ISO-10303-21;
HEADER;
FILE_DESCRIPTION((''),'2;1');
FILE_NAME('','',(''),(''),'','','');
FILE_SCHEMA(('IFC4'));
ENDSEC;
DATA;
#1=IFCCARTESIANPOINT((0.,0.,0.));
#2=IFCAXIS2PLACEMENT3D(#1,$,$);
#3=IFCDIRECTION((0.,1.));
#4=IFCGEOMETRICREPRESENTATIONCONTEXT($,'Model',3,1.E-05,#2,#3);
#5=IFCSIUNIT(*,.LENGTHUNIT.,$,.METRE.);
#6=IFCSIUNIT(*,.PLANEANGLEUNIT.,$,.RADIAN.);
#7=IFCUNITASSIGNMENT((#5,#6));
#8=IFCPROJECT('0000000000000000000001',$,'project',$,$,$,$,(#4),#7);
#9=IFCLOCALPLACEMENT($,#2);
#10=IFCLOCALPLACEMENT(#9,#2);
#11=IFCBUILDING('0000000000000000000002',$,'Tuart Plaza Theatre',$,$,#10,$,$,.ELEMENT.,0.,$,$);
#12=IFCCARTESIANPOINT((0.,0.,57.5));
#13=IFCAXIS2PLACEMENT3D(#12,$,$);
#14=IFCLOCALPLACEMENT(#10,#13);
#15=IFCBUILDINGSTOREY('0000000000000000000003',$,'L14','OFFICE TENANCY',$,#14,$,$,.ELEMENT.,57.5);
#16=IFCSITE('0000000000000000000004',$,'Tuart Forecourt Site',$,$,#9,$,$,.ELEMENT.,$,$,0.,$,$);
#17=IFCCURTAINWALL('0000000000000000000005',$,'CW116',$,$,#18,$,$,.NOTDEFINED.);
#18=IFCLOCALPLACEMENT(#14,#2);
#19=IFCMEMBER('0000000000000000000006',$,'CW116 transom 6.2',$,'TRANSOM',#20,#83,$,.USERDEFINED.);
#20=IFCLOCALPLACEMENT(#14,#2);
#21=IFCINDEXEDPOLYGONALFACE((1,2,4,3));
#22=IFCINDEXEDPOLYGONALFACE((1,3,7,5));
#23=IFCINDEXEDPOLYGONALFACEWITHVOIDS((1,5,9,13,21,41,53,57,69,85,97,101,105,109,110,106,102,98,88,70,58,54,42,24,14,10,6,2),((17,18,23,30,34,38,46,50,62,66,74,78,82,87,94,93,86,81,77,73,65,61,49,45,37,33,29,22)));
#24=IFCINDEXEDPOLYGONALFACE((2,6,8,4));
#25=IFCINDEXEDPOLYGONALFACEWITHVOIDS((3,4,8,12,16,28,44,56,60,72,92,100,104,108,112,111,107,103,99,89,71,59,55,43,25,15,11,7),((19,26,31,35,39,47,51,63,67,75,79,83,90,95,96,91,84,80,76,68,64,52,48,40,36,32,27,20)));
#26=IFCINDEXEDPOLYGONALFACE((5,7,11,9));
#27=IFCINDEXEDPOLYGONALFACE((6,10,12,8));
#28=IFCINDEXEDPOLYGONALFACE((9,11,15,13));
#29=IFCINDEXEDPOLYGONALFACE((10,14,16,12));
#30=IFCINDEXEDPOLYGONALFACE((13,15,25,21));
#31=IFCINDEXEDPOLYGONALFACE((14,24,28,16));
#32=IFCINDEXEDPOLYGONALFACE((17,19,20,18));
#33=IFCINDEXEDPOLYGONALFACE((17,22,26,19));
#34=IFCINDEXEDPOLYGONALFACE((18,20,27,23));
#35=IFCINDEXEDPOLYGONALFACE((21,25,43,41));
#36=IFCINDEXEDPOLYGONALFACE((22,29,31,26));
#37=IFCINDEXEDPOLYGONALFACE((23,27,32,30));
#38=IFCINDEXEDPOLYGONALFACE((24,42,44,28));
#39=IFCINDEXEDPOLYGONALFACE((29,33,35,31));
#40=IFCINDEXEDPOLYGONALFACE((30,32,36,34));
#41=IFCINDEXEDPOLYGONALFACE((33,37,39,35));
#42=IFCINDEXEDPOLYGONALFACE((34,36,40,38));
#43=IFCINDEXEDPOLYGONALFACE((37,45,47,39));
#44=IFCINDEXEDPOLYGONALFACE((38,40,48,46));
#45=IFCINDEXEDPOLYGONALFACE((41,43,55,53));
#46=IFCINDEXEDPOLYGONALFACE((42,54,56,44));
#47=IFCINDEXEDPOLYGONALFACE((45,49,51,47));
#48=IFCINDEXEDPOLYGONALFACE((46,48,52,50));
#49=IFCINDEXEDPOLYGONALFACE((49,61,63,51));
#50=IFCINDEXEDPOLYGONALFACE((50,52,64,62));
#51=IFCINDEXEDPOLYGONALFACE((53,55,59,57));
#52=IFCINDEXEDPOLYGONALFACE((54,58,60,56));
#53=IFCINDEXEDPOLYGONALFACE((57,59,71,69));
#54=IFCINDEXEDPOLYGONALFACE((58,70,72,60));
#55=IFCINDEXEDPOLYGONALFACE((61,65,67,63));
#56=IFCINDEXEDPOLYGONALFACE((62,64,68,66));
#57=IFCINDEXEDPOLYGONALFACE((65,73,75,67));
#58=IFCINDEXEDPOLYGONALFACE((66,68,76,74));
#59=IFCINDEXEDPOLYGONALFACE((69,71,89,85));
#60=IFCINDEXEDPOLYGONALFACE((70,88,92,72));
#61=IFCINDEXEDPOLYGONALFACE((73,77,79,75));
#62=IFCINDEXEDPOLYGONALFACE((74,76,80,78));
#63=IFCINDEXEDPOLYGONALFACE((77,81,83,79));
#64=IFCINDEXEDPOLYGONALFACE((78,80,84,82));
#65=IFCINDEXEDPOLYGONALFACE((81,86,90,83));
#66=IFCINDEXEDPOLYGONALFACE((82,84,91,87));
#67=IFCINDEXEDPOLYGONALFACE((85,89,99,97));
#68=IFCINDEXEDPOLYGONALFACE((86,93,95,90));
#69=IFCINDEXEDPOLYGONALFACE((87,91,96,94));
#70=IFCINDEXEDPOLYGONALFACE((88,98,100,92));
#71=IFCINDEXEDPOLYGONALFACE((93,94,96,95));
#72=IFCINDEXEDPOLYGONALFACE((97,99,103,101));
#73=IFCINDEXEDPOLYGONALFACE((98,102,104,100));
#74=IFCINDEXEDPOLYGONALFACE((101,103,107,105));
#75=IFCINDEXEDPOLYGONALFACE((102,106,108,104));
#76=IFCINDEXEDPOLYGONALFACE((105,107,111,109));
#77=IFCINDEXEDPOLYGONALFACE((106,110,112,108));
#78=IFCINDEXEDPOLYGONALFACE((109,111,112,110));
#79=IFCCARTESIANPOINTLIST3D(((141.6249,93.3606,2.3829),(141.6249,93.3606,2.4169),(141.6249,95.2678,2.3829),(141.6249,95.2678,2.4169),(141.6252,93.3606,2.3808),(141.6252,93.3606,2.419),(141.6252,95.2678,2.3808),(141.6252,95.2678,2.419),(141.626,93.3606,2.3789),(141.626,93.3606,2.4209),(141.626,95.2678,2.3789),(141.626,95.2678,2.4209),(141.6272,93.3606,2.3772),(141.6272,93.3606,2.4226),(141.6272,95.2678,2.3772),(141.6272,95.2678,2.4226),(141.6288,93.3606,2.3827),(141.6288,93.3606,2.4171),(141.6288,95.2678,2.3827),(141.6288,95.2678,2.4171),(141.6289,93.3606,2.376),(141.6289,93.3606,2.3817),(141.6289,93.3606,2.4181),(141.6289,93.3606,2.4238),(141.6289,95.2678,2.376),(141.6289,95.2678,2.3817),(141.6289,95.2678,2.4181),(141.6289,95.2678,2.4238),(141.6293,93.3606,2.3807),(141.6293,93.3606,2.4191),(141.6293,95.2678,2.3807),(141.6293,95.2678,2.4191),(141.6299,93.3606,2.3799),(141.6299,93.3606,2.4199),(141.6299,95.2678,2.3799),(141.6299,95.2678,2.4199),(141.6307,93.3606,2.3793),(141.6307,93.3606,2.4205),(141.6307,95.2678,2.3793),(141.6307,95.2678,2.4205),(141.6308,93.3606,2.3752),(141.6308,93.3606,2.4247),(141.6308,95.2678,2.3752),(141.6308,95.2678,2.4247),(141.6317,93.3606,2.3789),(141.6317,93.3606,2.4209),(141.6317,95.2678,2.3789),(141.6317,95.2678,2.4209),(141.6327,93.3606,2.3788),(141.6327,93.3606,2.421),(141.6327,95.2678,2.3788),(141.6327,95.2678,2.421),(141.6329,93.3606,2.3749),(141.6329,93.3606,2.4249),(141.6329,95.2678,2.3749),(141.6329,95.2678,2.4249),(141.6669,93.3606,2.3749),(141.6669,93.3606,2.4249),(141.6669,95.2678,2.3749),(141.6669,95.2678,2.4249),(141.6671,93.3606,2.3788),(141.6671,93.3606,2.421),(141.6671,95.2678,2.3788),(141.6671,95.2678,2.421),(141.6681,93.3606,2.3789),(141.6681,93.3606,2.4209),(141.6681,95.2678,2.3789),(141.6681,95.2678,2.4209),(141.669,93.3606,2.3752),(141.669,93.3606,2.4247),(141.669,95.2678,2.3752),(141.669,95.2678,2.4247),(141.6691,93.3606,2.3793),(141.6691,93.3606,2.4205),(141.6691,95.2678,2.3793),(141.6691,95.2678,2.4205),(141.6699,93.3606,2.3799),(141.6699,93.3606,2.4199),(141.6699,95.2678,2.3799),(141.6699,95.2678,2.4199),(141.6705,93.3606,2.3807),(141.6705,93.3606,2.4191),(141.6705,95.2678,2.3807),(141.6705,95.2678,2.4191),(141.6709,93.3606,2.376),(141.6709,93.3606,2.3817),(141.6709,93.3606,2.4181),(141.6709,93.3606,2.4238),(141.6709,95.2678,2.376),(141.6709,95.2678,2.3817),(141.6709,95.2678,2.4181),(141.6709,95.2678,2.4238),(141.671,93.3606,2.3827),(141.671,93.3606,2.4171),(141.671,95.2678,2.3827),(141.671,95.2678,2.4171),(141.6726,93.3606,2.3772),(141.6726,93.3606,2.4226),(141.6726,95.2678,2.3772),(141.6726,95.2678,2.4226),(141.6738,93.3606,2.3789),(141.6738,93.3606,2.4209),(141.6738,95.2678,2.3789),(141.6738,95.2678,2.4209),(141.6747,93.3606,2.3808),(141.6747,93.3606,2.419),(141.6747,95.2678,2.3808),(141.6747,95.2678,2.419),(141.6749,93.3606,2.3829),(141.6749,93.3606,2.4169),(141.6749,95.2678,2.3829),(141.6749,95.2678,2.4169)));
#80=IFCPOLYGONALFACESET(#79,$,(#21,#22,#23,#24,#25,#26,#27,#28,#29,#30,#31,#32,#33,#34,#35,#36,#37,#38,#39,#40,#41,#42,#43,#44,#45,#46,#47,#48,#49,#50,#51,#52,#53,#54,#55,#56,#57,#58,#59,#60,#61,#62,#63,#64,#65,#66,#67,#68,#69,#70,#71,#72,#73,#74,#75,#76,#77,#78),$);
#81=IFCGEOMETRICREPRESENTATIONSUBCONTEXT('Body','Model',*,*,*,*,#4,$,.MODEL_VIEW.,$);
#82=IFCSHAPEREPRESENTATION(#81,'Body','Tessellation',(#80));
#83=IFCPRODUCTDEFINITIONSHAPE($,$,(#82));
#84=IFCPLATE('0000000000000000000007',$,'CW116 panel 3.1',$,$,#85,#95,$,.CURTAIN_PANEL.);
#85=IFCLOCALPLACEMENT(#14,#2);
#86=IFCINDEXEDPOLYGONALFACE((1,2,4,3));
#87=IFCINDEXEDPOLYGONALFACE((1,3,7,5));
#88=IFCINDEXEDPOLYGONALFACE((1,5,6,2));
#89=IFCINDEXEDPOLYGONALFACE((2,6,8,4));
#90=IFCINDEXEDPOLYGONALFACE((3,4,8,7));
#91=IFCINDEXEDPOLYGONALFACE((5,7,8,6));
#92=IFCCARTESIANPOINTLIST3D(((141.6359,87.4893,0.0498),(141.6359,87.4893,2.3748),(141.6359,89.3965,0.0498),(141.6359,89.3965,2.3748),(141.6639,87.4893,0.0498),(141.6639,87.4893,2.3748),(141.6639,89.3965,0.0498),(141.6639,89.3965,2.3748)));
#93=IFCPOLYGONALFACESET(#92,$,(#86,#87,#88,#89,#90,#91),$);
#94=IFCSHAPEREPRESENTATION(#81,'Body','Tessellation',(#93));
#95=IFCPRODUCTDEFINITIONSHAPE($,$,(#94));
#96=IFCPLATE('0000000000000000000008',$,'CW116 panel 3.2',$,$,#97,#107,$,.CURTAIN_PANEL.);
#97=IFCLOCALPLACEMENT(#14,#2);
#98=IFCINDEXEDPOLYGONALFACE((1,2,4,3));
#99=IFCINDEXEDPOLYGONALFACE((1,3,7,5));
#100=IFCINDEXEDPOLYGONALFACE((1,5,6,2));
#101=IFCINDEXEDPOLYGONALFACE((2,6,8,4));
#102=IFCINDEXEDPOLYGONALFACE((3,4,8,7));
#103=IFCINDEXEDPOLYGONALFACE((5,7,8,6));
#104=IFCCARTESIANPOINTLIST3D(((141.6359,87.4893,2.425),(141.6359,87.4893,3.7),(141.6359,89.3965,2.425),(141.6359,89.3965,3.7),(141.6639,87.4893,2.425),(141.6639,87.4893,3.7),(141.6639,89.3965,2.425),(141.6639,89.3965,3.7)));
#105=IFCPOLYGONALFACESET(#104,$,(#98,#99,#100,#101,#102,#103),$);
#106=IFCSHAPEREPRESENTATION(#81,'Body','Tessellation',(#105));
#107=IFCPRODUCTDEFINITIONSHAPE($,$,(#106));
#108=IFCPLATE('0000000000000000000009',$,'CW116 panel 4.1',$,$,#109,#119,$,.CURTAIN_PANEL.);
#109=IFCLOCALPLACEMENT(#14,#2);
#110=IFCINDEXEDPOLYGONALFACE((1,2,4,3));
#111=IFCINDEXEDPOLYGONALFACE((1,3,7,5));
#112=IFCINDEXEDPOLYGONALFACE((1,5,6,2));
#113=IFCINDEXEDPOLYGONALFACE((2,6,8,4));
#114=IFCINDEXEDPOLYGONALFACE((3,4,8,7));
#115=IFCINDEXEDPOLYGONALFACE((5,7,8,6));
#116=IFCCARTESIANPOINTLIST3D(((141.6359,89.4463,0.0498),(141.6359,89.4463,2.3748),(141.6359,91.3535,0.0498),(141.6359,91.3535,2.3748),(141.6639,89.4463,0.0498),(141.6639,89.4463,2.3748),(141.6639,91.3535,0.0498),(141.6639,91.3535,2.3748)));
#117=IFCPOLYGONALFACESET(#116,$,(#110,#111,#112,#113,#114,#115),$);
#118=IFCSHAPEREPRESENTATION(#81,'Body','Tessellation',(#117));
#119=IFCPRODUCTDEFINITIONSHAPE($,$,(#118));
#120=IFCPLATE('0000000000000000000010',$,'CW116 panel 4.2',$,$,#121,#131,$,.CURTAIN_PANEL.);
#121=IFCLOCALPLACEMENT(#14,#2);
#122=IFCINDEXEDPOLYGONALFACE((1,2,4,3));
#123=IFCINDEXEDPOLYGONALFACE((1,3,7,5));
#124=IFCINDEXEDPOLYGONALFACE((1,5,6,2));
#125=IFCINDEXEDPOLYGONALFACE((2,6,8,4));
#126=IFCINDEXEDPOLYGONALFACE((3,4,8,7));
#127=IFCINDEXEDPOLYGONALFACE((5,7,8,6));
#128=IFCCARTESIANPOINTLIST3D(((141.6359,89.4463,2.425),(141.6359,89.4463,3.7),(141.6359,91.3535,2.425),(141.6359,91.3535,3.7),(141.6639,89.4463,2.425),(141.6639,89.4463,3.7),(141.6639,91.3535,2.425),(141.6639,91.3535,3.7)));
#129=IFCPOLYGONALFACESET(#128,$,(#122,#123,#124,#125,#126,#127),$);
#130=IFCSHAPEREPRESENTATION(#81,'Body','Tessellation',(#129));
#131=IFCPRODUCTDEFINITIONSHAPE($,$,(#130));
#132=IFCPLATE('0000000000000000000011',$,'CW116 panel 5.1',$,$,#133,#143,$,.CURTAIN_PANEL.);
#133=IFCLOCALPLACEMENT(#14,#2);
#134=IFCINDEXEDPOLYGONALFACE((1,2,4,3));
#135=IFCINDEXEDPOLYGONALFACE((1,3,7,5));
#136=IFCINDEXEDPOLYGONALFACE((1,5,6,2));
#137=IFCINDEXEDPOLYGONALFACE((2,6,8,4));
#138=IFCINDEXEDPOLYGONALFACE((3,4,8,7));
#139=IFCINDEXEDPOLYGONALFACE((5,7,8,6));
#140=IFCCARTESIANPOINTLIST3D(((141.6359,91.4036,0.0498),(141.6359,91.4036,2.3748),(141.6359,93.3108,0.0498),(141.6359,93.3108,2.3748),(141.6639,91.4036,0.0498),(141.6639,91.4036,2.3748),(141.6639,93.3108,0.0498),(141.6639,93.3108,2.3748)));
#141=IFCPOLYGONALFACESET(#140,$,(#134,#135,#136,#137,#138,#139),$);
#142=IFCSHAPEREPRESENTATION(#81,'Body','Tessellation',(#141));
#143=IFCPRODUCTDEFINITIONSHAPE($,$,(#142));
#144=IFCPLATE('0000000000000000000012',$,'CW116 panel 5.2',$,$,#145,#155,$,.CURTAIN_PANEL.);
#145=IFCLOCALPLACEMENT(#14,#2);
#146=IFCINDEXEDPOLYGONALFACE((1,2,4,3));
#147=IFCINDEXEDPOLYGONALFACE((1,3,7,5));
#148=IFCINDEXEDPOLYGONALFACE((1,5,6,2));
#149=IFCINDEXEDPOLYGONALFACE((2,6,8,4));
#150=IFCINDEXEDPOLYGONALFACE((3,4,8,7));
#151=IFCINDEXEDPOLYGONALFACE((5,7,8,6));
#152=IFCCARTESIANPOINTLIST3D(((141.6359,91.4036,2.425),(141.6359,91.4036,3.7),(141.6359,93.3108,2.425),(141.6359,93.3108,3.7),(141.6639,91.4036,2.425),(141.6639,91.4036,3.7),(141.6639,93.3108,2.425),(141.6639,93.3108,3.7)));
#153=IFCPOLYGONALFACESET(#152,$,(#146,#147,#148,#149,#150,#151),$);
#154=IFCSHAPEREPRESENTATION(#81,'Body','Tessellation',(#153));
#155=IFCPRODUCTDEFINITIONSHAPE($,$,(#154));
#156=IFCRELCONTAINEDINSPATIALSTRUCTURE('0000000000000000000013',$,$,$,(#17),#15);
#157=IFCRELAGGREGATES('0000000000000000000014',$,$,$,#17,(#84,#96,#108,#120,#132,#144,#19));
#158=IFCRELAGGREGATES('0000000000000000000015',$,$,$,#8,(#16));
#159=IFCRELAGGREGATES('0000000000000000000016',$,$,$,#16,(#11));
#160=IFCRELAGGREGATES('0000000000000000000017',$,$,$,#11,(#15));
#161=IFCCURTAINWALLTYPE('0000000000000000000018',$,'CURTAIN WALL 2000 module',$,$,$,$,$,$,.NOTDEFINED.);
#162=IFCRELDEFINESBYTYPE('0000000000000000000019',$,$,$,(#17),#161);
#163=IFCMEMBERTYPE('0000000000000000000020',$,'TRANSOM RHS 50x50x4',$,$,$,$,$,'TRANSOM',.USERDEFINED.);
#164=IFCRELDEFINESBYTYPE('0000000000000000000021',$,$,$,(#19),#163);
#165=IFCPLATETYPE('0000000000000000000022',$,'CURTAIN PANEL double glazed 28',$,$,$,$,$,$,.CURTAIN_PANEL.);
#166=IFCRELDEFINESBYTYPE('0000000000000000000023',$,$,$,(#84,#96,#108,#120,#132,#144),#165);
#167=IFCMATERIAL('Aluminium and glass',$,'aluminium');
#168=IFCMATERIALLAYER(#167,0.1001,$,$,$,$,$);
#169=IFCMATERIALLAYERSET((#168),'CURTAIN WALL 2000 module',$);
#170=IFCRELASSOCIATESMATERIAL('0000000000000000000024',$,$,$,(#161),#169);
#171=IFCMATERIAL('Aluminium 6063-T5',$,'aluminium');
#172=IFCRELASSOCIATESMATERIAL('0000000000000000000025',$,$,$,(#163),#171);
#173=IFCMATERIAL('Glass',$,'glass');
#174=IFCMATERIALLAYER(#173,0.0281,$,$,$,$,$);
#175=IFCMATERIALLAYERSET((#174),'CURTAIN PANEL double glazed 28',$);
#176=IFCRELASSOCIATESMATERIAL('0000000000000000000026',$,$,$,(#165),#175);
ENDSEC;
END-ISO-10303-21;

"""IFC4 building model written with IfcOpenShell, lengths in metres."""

from ifc_helpers import new_model, si_unit, direction, frame, origin, origin_2d, place, context, subcontext, project, spatial, rectangle, hollow_rectangle, extrude, material, layer, layer_set, material_profile, profile_set, type_object, element, aggregate, save


model = new_model("IFC4")

# Units and contexts
model_context = context("Model", 3, precision=1e-05, world=origin(), true_north=direction((0.0, 1.0)))
body_context = subcontext(model_context, "Body", "Model", "MODEL_VIEW")
ifc_project = project(units=[si_unit("LENGTHUNIT", "METRE"), si_unit("PLANEANGLEUNIT", "RADIAN")], contexts=[model_context])

# Site, building, storey
site_placement = place(None, origin())
site = spatial("IfcSite", under=ifc_project, at=site_placement, Name="Tuart Forecourt Site", CompositionType="ELEMENT", RefElevation=0.0)
building_placement = place(site_placement, origin())
building = spatial("IfcBuilding", under=site, at=building_placement, Name="Tuart Plaza Theatre", CompositionType="ELEMENT", ElevationOfRefHeight=0.0)
storey_placement = place(building_placement, frame((0.0, 0.0, 57.5)))
storey = spatial("IfcBuildingStorey", under=building, at=storey_placement, Name="L14", Description="OFFICE TENANCY", CompositionType="ELEMENT", Elevation=57.5)

# Curtain wall, member, plates
ifc_material_1 = material(Name="Aluminium and glass", Category="aluminium")
ifc_layer_1 = layer(ifc_material_1, 0.1001)
ifc_layer_set_1 = layer_set([ifc_layer_1], Name="CURTAIN WALL 2000 module")
curtain_wall_type = type_object("IfcCurtainWallType", Name="CURTAIN WALL 2000 module", PredefinedType="NOTDEFINED", material=ifc_layer_set_1)
curtain_wall_placement = place(storey_placement, origin())
curtain_wall = element("IfcCurtainWall", 1, at=curtain_wall_placement, inside=storey, type_object=curtain_wall_type, Name="CW116", PredefinedType="NOTDEFINED")
ifc_material_2 = material(Name="Aluminium 6063-T5", Category="aluminium")
ifc_material_profile_1 = material_profile(ifc_material_2, hollow_rectangle(XDim=0.05, YDim=0.05, WallThickness=0.0039, InnerFilletRadius=0.0039, OuterFilletRadius=0.0081, at=origin_2d()), Name="RHS 50x50x4")
ifc_profile_set_1 = profile_set([ifc_material_profile_1], Name="Aluminium 6063-T5")
member_type_1 = type_object("IfcMemberType", Name="TRANSOM RHS 50x50x4", ElementType="TRANSOM", PredefinedType="USERDEFINED", material=ifc_profile_set_1)
member_1_placement = place(storey_placement, frame((141.6499, 93.3606, 2.3999), z_axis=(0.0, 1.0, 0.0), x_axis=(-1.0, 0.0, 0.0)))
member_1 = element("IfcMember", 2, at=member_1_placement, type_object=member_type_1, Name="CW116 transom 6.2", ObjectType="TRANSOM", PredefinedType="USERDEFINED", context=body_context, shape_type="SweptSolid", body=[
    extrude(hollow_rectangle(XDim=0.05, YDim=0.05, WallThickness=0.0039, InnerFilletRadius=0.0039, OuterFilletRadius=0.0081, at=origin_2d()), origin(), (0.0, 0.0, 1.0), 1.9072),
])
ifc_material_3 = material(Name="Glass", Category="glass")
ifc_layer_2 = layer(ifc_material_3, 0.0281)
ifc_layer_set_2 = layer_set([ifc_layer_2], Name="CURTAIN PANEL double glazed 28")
plate_type = type_object("IfcPlateType", Name="CURTAIN PANEL double glazed 28", PredefinedType="CURTAIN_PANEL", material=ifc_layer_set_2)
plate_1_placement = place(storey_placement, frame((141.6499, 88.4429, 0.0498), z_axis=(0.0, 0.0, 1.0), x_axis=(0.0, 1.0, 0.0)))
plate_1 = element("IfcPlate", 3, at=plate_1_placement, type_object=plate_type, Name="CW116 panel 3.1", PredefinedType="CURTAIN_PANEL", context=body_context, shape_type="SweptSolid", body=[
    extrude(rectangle(XDim=1.9072, YDim=0.0281, at=origin_2d()), origin(), (0.0, 0.0, 1.0), 2.325),
])
plate_2_placement = place(storey_placement, frame((141.6499, 88.4429, 2.425), z_axis=(0.0, 0.0, 1.0), x_axis=(0.0, 1.0, 0.0)))
plate_2 = element("IfcPlate", 4, at=plate_2_placement, type_object=plate_type, Name="CW116 panel 3.2", PredefinedType="CURTAIN_PANEL", context=body_context, shape_type="SweptSolid", body=[
    extrude(rectangle(XDim=1.9072, YDim=0.0281, at=origin_2d()), origin(), (0.0, 0.0, 1.0), 1.2749),
])
plate_3_placement = place(storey_placement, frame((141.6499, 90.3999, 0.0498), z_axis=(0.0, 0.0, 1.0), x_axis=(0.0, 1.0, 0.0)))
plate_3 = element("IfcPlate", 5, at=plate_3_placement, type_object=plate_type, Name="CW116 panel 4.1", PredefinedType="CURTAIN_PANEL", context=body_context, shape_type="SweptSolid", body=[
    extrude(rectangle(XDim=1.9072, YDim=0.0281, at=origin_2d()), origin(), (0.0, 0.0, 1.0), 2.325),
])
plate_4_placement = place(storey_placement, frame((141.6499, 90.3999, 2.425), z_axis=(0.0, 0.0, 1.0), x_axis=(0.0, 1.0, 0.0)))
plate_4 = element("IfcPlate", 6, at=plate_4_placement, type_object=plate_type, Name="CW116 panel 4.2", PredefinedType="CURTAIN_PANEL", context=body_context, shape_type="SweptSolid", body=[
    extrude(rectangle(XDim=1.9072, YDim=0.0281, at=origin_2d()), origin(), (0.0, 0.0, 1.0), 1.2749),
])
plate_5_placement = place(storey_placement, frame((141.6499, 92.3572, 0.0498), z_axis=(0.0, 0.0, 1.0), x_axis=(0.0, 1.0, 0.0)))
plate_5 = element("IfcPlate", 7, at=plate_5_placement, type_object=plate_type, Name="CW116 panel 5.1", PredefinedType="CURTAIN_PANEL", context=body_context, shape_type="SweptSolid", body=[
    extrude(rectangle(XDim=1.9072, YDim=0.0281, at=origin_2d()), origin(), (0.0, 0.0, 1.0), 2.325),
])
plate_6_placement = place(storey_placement, frame((141.6499, 92.3572, 2.425), z_axis=(0.0, 0.0, 1.0), x_axis=(0.0, 1.0, 0.0)))
plate_6 = element("IfcPlate", 8, at=plate_6_placement, type_object=plate_type, Name="CW116 panel 5.2", PredefinedType="CURTAIN_PANEL", context=body_context, shape_type="SweptSolid", body=[
    extrude(rectangle(XDim=1.9072, YDim=0.0281, at=origin_2d()), origin(), (0.0, 0.0, 1.0), 1.2749),
])
aggregate(curtain_wall, [plate_1, plate_2, plate_3, plate_4, plate_5, plate_6, member_1])

save(model, "model.ifc")
